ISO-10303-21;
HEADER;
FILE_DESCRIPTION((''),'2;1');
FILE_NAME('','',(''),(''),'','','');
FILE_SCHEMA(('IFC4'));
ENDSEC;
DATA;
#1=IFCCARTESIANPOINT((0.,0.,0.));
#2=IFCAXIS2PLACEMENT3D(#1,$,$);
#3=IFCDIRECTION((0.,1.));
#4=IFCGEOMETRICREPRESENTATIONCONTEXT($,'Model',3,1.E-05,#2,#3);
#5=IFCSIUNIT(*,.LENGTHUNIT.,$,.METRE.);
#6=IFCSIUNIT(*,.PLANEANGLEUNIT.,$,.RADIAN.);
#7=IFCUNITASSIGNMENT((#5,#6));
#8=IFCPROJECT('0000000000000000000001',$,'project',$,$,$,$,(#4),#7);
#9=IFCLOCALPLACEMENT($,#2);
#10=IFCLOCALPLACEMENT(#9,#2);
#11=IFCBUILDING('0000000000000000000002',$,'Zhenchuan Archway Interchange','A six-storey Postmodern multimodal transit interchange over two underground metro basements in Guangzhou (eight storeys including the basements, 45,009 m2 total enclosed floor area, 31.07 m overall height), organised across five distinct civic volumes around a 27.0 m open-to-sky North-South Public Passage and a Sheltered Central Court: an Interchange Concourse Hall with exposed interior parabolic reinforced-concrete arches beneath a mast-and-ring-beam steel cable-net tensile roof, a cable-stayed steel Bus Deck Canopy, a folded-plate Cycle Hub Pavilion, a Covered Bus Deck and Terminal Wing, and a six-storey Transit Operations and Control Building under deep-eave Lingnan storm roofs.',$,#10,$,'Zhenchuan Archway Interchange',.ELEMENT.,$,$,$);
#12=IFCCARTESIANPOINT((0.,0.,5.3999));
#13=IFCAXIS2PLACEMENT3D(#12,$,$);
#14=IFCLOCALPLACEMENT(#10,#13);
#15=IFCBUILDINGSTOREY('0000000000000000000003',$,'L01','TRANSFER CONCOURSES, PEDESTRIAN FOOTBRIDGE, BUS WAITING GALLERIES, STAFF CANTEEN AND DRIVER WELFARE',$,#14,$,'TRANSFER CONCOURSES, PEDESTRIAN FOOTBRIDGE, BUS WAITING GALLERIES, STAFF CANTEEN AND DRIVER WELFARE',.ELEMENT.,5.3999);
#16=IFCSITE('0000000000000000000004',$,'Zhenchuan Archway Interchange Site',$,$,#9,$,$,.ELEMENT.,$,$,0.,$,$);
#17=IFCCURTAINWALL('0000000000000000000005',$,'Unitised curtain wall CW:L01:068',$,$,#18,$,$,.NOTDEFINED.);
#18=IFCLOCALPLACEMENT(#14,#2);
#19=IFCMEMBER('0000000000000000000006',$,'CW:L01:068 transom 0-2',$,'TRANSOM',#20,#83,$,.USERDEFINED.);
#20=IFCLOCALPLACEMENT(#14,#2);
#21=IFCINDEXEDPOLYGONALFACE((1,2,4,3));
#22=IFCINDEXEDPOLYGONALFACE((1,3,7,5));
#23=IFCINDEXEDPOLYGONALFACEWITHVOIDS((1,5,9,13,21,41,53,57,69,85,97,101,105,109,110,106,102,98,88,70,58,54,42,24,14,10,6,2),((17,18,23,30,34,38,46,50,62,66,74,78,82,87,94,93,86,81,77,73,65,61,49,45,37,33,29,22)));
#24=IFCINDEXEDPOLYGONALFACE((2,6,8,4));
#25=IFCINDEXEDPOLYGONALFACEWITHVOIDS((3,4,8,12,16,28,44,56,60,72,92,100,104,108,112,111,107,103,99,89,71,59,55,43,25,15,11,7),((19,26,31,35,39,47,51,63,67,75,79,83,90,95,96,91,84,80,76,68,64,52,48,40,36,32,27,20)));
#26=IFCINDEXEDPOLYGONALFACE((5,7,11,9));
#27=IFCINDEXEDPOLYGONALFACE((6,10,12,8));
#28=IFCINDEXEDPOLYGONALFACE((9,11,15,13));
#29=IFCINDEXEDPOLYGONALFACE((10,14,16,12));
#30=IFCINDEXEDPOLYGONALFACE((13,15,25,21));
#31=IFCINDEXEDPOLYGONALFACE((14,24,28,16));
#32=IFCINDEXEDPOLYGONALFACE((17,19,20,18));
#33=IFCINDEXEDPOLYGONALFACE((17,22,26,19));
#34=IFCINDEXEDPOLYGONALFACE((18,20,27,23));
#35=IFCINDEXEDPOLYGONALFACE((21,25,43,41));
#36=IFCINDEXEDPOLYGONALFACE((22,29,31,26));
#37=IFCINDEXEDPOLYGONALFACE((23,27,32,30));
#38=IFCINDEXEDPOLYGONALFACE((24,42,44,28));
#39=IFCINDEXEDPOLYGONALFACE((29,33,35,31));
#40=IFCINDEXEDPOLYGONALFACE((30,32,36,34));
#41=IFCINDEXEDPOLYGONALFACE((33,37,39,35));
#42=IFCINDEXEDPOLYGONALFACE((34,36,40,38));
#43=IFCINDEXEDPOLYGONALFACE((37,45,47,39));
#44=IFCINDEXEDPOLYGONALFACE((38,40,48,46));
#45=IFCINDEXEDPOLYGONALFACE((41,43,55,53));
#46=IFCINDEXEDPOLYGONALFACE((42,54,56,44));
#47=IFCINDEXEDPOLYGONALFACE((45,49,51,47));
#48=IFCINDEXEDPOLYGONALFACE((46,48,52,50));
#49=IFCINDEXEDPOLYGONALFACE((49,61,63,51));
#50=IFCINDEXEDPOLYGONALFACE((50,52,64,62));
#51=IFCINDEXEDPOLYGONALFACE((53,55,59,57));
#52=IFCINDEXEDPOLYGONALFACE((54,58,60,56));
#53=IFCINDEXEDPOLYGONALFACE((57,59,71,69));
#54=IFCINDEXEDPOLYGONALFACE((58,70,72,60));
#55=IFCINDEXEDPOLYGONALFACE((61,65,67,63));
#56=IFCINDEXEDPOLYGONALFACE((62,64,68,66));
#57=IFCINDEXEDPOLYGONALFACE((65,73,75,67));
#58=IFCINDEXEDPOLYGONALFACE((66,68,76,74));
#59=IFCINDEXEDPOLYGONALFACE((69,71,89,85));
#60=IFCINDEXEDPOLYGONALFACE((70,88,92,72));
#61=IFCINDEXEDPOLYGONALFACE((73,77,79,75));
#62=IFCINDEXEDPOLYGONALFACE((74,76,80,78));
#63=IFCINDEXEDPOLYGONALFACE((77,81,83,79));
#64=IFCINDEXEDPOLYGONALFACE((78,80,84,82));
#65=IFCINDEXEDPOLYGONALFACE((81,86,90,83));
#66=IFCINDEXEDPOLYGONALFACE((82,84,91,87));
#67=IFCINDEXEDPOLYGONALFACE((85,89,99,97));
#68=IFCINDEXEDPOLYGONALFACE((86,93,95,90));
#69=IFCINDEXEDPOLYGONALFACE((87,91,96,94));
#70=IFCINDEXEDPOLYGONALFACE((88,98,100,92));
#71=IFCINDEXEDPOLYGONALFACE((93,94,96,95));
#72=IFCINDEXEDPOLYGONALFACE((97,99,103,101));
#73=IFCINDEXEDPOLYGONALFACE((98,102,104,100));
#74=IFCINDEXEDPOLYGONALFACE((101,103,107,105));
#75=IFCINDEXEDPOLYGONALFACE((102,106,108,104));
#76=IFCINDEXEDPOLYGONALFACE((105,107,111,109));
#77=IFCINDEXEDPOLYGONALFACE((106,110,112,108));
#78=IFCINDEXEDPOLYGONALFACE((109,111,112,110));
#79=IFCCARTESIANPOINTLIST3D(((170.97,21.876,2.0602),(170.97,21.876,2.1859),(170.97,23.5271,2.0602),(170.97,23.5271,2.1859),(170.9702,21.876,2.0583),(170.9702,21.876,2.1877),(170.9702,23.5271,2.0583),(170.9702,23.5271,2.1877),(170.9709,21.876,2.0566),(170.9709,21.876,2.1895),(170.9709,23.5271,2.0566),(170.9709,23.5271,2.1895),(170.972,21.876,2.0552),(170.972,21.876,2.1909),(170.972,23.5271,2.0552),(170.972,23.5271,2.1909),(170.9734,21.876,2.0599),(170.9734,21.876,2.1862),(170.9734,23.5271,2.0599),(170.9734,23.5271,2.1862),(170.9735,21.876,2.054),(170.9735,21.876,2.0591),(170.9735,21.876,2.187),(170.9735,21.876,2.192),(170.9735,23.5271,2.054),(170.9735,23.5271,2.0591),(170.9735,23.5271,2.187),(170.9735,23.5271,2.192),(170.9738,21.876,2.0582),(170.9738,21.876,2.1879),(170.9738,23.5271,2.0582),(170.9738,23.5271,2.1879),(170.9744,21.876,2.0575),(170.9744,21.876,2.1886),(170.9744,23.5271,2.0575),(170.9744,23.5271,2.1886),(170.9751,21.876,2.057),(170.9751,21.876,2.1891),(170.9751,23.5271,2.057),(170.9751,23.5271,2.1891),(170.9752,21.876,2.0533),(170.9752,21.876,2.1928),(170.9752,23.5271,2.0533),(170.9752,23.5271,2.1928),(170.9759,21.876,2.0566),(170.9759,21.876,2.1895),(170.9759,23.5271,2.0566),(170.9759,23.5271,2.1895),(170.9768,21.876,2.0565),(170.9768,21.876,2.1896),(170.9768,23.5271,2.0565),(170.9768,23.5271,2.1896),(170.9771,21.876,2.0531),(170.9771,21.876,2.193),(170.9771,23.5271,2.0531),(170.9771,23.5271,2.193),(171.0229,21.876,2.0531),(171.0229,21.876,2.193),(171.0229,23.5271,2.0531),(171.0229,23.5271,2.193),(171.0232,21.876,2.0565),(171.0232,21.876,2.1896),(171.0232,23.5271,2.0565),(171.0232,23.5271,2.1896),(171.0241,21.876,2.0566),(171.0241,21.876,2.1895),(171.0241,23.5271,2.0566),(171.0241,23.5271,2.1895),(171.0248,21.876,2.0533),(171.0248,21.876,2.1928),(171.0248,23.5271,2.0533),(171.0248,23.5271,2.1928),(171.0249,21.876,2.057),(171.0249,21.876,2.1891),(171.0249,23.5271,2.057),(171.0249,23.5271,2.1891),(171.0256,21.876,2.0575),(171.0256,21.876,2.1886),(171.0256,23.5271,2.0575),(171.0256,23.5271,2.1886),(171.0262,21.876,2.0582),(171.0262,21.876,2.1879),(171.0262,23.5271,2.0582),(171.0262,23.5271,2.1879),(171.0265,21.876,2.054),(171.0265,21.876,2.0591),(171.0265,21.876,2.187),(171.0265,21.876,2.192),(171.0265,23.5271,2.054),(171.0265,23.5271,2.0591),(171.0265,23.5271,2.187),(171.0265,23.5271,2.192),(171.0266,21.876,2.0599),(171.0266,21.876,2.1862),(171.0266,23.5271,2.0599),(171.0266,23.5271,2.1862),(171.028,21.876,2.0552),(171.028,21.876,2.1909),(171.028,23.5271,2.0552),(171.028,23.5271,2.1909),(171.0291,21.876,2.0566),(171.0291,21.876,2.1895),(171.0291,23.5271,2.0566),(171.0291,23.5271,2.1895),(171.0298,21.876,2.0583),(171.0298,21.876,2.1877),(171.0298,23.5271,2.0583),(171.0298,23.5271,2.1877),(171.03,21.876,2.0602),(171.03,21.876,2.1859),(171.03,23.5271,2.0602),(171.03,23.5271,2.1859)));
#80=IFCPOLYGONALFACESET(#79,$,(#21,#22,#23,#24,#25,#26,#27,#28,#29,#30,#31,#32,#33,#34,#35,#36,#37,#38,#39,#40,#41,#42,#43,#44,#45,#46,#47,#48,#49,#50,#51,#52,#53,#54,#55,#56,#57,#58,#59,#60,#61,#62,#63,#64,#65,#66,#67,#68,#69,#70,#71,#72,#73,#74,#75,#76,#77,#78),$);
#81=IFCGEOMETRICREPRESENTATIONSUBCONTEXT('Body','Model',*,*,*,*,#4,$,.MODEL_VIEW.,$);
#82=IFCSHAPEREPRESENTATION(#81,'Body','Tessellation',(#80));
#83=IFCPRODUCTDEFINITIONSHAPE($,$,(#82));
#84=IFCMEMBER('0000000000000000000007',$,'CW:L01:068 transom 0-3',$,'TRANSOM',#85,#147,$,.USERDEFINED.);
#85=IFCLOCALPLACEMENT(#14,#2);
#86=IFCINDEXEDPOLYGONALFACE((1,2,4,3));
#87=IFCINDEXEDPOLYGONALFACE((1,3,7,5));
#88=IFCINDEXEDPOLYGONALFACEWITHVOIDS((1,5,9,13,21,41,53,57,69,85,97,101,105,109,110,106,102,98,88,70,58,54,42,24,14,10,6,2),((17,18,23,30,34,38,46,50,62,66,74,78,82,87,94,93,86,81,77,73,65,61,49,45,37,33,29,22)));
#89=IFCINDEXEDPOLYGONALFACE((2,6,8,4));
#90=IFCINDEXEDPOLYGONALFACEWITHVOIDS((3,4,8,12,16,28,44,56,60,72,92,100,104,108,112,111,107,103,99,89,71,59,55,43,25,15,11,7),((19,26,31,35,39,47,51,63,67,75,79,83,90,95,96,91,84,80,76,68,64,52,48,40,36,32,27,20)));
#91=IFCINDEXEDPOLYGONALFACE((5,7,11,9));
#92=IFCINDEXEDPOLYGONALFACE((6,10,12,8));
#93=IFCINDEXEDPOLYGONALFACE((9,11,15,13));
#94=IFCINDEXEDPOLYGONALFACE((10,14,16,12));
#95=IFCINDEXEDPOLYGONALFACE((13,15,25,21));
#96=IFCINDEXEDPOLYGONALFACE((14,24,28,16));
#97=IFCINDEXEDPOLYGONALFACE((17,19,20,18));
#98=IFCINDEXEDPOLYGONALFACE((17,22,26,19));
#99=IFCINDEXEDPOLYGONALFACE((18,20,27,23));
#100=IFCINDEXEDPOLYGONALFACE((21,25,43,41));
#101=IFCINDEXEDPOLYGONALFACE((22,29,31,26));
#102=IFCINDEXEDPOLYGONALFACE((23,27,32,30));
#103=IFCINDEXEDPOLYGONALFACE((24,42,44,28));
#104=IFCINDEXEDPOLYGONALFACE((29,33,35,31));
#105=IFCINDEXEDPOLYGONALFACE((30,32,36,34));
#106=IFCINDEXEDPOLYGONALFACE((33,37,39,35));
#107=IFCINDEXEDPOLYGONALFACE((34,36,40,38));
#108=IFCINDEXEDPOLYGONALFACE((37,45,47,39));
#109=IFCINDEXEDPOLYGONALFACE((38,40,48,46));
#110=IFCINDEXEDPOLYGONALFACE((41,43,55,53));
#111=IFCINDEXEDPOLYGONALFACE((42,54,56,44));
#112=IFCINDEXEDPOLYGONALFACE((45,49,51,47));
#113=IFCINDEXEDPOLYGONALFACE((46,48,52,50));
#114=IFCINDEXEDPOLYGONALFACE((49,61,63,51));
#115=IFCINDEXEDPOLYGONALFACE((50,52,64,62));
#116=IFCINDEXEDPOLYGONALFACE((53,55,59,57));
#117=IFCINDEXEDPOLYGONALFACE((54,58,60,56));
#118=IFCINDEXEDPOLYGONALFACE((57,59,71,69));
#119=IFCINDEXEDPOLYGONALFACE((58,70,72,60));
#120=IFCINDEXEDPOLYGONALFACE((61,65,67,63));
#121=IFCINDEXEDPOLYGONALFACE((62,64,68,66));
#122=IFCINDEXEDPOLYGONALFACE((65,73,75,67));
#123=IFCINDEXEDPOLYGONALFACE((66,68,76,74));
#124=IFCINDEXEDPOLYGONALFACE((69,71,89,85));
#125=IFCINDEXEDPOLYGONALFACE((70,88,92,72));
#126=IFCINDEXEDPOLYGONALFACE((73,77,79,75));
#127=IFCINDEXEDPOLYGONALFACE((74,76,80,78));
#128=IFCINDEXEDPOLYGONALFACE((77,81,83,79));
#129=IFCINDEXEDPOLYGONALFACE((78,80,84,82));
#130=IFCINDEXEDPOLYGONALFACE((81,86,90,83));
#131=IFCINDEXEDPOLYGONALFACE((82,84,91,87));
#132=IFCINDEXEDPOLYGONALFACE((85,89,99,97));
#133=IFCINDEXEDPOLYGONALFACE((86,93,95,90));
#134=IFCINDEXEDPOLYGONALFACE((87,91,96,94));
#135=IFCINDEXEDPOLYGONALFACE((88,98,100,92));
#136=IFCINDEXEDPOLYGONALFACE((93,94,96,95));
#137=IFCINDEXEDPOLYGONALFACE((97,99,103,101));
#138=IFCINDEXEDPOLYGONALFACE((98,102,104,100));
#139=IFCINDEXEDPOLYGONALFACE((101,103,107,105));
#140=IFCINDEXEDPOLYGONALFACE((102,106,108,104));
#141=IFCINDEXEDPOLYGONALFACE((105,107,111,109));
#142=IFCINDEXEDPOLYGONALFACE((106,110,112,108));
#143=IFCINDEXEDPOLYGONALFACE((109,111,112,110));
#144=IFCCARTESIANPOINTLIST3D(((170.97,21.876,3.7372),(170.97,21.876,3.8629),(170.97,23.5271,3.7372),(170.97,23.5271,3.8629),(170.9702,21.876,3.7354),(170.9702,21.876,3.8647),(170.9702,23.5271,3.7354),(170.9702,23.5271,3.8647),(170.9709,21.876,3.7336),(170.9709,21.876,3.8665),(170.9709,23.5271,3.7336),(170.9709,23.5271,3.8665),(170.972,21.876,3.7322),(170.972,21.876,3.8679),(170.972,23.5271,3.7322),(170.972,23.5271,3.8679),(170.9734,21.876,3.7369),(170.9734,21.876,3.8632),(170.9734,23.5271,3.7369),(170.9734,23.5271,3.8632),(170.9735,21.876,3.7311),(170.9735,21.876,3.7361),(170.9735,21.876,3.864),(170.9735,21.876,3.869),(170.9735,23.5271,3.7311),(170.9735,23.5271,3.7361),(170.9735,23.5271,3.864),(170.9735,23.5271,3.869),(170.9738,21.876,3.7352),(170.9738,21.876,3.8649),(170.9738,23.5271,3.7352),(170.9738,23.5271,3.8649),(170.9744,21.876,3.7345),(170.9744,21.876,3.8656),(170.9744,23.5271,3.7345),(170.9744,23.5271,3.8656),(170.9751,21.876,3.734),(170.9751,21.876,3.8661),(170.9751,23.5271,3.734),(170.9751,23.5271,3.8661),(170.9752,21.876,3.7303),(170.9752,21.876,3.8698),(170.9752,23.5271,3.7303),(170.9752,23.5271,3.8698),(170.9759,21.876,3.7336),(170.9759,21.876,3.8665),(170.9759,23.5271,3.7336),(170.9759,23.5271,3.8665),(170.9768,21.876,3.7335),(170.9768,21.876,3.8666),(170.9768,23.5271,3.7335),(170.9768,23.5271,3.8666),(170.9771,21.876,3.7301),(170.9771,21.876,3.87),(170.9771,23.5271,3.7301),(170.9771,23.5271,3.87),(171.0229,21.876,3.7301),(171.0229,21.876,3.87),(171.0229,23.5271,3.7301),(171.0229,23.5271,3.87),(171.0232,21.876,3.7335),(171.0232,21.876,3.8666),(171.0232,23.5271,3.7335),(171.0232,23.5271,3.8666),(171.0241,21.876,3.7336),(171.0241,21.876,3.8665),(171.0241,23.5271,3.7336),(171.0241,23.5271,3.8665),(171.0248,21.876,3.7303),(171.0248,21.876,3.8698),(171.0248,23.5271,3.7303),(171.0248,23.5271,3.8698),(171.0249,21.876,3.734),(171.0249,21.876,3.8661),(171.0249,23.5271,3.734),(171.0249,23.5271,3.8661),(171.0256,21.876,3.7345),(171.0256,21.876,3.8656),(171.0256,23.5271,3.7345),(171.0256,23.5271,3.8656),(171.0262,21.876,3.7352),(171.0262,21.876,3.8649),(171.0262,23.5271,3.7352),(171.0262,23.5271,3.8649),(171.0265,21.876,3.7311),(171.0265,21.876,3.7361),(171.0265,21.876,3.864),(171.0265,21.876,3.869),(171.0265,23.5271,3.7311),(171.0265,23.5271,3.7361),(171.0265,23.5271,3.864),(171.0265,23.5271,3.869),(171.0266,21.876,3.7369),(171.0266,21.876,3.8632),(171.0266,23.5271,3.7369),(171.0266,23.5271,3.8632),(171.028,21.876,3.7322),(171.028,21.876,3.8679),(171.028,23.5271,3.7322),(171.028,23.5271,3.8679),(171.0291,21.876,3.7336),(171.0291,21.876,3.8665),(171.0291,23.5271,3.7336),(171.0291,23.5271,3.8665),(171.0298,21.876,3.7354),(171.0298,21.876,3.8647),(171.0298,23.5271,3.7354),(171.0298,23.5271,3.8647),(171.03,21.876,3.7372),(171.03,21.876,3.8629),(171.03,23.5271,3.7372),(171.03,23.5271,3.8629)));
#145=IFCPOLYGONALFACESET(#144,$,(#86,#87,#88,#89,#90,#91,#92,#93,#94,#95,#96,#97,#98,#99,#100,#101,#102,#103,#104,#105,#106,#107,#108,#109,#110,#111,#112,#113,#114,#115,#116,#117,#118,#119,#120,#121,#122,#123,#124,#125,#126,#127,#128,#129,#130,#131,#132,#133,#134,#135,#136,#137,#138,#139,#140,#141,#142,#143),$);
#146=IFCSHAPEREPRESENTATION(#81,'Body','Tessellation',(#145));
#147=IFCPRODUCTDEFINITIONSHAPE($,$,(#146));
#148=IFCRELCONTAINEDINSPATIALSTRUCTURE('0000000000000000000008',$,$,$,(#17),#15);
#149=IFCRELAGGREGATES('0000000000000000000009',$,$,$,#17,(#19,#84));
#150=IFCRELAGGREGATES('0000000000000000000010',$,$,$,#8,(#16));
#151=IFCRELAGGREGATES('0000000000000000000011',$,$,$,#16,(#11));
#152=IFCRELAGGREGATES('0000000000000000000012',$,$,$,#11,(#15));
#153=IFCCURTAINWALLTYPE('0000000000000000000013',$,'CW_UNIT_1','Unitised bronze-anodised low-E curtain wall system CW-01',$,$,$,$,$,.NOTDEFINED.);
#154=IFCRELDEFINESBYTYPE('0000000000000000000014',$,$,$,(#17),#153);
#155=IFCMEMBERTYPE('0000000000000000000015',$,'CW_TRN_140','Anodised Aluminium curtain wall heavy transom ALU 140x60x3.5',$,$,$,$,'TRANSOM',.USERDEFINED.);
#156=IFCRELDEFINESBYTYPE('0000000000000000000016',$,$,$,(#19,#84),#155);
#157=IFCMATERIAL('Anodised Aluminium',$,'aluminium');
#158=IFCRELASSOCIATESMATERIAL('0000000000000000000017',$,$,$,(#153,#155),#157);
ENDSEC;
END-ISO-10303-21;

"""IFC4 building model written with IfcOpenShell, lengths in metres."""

from ifc_helpers import new_model, si_unit, direction, frame, origin, origin_2d, place, context, subcontext, project, spatial, hollow_rectangle, extrude, material, material_profile, profile_set, type_object, element, aggregate, save


model = new_model("IFC4")

# Units and contexts
model_context = context("Model", 3, precision=1e-05, world=origin(), true_north=direction((0.0, 1.0)))
body_context = subcontext(model_context, "Body", "Model", "MODEL_VIEW")
ifc_project = project(units=[si_unit("LENGTHUNIT", "METRE"), si_unit("PLANEANGLEUNIT", "RADIAN")], contexts=[model_context])

# Site, building, storey
site_placement = place(None, origin())
site = spatial("IfcSite", under=ifc_project, at=site_placement, Name="Zhenchuan Archway Interchange Site", CompositionType="ELEMENT", RefElevation=0.0)
building_placement = place(site_placement, origin())
building = spatial("IfcBuilding", under=site, at=building_placement, Name="Zhenchuan Archway Interchange", Description="A six-storey Postmodern multimodal transit interchange over two underground metro basements in Guangzhou (eight storeys including the basements, 45,009 m2 total enclosed floor area, 31.07 m overall height), organised across five distinct civic volumes around a 27.0 m open-to-sky North-South Public Passage and a Sheltered Central Court: an Interchange Concourse Hall with exposed interior parabolic reinforced-concrete arches beneath a mast-and-ring-beam steel cable-net tensile roof, a cable-stayed steel Bus Deck Canopy, a folded-plate Cycle Hub Pavilion, a Covered Bus Deck and Terminal Wing, and a six-storey Transit Operations and Control Building under deep-eave Lingnan storm roofs.", LongName="Zhenchuan Archway Interchange", CompositionType="ELEMENT")
storey_placement = place(building_placement, frame((0.0, 0.0, 5.3999)))
storey = spatial("IfcBuildingStorey", under=building, at=storey_placement, Name="L01", Description="TRANSFER CONCOURSES, PEDESTRIAN FOOTBRIDGE, BUS WAITING GALLERIES, STAFF CANTEEN AND DRIVER WELFARE", LongName="TRANSFER CONCOURSES, PEDESTRIAN FOOTBRIDGE, BUS WAITING GALLERIES, STAFF CANTEEN AND DRIVER WELFARE", CompositionType="ELEMENT", Elevation=5.3999)

# Curtain wall, members
ifc_material_1 = material(Name="Anodised Aluminium", Category="aluminium")
curtain_wall_type = type_object("IfcCurtainWallType", Name="CW_UNIT_1", Description="Unitised bronze-anodised low-E curtain wall system CW-01", PredefinedType="NOTDEFINED", material=ifc_material_1)
curtain_wall_placement = place(storey_placement, origin())
curtain_wall = element("IfcCurtainWall", 1, at=curtain_wall_placement, inside=storey, type_object=curtain_wall_type, Name="Unitised curtain wall CW:L01:068", PredefinedType="NOTDEFINED")
ifc_material_profile_1 = material_profile(ifc_material_1, hollow_rectangle(XDim=0.0601, YDim=0.1399, WallThickness=0.0034, InnerFilletRadius=0.0034, OuterFilletRadius=0.0071, at=origin_2d()), Name="ALU 140x60x3.5")
ifc_profile_set_1 = profile_set([ifc_material_profile_1], Name="Anodised Aluminium")
member_type_1 = type_object("IfcMemberType", Name="CW_TRN_140", Description="Anodised Aluminium curtain wall heavy transom ALU 140x60x3.5", ElementType="TRANSOM", PredefinedType="USERDEFINED", material=ifc_profile_set_1)
member_1_placement = place(storey_placement, frame((171.0, 23.5271, 2.123), z_axis=(0.0, -1.0, 0.0), x_axis=(1.0, 0.0, 0.0)))
member_1 = element("IfcMember", 2, at=member_1_placement, type_object=member_type_1, Name="CW:L01:068 transom 0-2", ObjectType="TRANSOM", PredefinedType="USERDEFINED", context=body_context, shape_type="SweptSolid", body=[
    extrude(hollow_rectangle(XDim=0.0601, YDim=0.1399, WallThickness=0.0034, InnerFilletRadius=0.0034, OuterFilletRadius=0.0071, at=origin_2d()), origin(), (0.0, 0.0, 1.0), 1.6511),
])
member_2_placement = place(storey_placement, frame((171.0, 23.5271, 3.8), z_axis=(0.0, -1.0, 0.0), x_axis=(1.0, 0.0, 0.0)))
member_2 = element("IfcMember", 3, at=member_2_placement, type_object=member_type_1, Name="CW:L01:068 transom 0-3", ObjectType="TRANSOM", PredefinedType="USERDEFINED", context=body_context, shape_type="SweptSolid", body=[
    extrude(hollow_rectangle(XDim=0.0601, YDim=0.1399, WallThickness=0.0034, InnerFilletRadius=0.0034, OuterFilletRadius=0.0071, at=origin_2d()), origin(), (0.0, 0.0, 1.0), 1.6511),
])

aggregate(curtain_wall, [member_1, member_2])

save(model, "model.ifc")
